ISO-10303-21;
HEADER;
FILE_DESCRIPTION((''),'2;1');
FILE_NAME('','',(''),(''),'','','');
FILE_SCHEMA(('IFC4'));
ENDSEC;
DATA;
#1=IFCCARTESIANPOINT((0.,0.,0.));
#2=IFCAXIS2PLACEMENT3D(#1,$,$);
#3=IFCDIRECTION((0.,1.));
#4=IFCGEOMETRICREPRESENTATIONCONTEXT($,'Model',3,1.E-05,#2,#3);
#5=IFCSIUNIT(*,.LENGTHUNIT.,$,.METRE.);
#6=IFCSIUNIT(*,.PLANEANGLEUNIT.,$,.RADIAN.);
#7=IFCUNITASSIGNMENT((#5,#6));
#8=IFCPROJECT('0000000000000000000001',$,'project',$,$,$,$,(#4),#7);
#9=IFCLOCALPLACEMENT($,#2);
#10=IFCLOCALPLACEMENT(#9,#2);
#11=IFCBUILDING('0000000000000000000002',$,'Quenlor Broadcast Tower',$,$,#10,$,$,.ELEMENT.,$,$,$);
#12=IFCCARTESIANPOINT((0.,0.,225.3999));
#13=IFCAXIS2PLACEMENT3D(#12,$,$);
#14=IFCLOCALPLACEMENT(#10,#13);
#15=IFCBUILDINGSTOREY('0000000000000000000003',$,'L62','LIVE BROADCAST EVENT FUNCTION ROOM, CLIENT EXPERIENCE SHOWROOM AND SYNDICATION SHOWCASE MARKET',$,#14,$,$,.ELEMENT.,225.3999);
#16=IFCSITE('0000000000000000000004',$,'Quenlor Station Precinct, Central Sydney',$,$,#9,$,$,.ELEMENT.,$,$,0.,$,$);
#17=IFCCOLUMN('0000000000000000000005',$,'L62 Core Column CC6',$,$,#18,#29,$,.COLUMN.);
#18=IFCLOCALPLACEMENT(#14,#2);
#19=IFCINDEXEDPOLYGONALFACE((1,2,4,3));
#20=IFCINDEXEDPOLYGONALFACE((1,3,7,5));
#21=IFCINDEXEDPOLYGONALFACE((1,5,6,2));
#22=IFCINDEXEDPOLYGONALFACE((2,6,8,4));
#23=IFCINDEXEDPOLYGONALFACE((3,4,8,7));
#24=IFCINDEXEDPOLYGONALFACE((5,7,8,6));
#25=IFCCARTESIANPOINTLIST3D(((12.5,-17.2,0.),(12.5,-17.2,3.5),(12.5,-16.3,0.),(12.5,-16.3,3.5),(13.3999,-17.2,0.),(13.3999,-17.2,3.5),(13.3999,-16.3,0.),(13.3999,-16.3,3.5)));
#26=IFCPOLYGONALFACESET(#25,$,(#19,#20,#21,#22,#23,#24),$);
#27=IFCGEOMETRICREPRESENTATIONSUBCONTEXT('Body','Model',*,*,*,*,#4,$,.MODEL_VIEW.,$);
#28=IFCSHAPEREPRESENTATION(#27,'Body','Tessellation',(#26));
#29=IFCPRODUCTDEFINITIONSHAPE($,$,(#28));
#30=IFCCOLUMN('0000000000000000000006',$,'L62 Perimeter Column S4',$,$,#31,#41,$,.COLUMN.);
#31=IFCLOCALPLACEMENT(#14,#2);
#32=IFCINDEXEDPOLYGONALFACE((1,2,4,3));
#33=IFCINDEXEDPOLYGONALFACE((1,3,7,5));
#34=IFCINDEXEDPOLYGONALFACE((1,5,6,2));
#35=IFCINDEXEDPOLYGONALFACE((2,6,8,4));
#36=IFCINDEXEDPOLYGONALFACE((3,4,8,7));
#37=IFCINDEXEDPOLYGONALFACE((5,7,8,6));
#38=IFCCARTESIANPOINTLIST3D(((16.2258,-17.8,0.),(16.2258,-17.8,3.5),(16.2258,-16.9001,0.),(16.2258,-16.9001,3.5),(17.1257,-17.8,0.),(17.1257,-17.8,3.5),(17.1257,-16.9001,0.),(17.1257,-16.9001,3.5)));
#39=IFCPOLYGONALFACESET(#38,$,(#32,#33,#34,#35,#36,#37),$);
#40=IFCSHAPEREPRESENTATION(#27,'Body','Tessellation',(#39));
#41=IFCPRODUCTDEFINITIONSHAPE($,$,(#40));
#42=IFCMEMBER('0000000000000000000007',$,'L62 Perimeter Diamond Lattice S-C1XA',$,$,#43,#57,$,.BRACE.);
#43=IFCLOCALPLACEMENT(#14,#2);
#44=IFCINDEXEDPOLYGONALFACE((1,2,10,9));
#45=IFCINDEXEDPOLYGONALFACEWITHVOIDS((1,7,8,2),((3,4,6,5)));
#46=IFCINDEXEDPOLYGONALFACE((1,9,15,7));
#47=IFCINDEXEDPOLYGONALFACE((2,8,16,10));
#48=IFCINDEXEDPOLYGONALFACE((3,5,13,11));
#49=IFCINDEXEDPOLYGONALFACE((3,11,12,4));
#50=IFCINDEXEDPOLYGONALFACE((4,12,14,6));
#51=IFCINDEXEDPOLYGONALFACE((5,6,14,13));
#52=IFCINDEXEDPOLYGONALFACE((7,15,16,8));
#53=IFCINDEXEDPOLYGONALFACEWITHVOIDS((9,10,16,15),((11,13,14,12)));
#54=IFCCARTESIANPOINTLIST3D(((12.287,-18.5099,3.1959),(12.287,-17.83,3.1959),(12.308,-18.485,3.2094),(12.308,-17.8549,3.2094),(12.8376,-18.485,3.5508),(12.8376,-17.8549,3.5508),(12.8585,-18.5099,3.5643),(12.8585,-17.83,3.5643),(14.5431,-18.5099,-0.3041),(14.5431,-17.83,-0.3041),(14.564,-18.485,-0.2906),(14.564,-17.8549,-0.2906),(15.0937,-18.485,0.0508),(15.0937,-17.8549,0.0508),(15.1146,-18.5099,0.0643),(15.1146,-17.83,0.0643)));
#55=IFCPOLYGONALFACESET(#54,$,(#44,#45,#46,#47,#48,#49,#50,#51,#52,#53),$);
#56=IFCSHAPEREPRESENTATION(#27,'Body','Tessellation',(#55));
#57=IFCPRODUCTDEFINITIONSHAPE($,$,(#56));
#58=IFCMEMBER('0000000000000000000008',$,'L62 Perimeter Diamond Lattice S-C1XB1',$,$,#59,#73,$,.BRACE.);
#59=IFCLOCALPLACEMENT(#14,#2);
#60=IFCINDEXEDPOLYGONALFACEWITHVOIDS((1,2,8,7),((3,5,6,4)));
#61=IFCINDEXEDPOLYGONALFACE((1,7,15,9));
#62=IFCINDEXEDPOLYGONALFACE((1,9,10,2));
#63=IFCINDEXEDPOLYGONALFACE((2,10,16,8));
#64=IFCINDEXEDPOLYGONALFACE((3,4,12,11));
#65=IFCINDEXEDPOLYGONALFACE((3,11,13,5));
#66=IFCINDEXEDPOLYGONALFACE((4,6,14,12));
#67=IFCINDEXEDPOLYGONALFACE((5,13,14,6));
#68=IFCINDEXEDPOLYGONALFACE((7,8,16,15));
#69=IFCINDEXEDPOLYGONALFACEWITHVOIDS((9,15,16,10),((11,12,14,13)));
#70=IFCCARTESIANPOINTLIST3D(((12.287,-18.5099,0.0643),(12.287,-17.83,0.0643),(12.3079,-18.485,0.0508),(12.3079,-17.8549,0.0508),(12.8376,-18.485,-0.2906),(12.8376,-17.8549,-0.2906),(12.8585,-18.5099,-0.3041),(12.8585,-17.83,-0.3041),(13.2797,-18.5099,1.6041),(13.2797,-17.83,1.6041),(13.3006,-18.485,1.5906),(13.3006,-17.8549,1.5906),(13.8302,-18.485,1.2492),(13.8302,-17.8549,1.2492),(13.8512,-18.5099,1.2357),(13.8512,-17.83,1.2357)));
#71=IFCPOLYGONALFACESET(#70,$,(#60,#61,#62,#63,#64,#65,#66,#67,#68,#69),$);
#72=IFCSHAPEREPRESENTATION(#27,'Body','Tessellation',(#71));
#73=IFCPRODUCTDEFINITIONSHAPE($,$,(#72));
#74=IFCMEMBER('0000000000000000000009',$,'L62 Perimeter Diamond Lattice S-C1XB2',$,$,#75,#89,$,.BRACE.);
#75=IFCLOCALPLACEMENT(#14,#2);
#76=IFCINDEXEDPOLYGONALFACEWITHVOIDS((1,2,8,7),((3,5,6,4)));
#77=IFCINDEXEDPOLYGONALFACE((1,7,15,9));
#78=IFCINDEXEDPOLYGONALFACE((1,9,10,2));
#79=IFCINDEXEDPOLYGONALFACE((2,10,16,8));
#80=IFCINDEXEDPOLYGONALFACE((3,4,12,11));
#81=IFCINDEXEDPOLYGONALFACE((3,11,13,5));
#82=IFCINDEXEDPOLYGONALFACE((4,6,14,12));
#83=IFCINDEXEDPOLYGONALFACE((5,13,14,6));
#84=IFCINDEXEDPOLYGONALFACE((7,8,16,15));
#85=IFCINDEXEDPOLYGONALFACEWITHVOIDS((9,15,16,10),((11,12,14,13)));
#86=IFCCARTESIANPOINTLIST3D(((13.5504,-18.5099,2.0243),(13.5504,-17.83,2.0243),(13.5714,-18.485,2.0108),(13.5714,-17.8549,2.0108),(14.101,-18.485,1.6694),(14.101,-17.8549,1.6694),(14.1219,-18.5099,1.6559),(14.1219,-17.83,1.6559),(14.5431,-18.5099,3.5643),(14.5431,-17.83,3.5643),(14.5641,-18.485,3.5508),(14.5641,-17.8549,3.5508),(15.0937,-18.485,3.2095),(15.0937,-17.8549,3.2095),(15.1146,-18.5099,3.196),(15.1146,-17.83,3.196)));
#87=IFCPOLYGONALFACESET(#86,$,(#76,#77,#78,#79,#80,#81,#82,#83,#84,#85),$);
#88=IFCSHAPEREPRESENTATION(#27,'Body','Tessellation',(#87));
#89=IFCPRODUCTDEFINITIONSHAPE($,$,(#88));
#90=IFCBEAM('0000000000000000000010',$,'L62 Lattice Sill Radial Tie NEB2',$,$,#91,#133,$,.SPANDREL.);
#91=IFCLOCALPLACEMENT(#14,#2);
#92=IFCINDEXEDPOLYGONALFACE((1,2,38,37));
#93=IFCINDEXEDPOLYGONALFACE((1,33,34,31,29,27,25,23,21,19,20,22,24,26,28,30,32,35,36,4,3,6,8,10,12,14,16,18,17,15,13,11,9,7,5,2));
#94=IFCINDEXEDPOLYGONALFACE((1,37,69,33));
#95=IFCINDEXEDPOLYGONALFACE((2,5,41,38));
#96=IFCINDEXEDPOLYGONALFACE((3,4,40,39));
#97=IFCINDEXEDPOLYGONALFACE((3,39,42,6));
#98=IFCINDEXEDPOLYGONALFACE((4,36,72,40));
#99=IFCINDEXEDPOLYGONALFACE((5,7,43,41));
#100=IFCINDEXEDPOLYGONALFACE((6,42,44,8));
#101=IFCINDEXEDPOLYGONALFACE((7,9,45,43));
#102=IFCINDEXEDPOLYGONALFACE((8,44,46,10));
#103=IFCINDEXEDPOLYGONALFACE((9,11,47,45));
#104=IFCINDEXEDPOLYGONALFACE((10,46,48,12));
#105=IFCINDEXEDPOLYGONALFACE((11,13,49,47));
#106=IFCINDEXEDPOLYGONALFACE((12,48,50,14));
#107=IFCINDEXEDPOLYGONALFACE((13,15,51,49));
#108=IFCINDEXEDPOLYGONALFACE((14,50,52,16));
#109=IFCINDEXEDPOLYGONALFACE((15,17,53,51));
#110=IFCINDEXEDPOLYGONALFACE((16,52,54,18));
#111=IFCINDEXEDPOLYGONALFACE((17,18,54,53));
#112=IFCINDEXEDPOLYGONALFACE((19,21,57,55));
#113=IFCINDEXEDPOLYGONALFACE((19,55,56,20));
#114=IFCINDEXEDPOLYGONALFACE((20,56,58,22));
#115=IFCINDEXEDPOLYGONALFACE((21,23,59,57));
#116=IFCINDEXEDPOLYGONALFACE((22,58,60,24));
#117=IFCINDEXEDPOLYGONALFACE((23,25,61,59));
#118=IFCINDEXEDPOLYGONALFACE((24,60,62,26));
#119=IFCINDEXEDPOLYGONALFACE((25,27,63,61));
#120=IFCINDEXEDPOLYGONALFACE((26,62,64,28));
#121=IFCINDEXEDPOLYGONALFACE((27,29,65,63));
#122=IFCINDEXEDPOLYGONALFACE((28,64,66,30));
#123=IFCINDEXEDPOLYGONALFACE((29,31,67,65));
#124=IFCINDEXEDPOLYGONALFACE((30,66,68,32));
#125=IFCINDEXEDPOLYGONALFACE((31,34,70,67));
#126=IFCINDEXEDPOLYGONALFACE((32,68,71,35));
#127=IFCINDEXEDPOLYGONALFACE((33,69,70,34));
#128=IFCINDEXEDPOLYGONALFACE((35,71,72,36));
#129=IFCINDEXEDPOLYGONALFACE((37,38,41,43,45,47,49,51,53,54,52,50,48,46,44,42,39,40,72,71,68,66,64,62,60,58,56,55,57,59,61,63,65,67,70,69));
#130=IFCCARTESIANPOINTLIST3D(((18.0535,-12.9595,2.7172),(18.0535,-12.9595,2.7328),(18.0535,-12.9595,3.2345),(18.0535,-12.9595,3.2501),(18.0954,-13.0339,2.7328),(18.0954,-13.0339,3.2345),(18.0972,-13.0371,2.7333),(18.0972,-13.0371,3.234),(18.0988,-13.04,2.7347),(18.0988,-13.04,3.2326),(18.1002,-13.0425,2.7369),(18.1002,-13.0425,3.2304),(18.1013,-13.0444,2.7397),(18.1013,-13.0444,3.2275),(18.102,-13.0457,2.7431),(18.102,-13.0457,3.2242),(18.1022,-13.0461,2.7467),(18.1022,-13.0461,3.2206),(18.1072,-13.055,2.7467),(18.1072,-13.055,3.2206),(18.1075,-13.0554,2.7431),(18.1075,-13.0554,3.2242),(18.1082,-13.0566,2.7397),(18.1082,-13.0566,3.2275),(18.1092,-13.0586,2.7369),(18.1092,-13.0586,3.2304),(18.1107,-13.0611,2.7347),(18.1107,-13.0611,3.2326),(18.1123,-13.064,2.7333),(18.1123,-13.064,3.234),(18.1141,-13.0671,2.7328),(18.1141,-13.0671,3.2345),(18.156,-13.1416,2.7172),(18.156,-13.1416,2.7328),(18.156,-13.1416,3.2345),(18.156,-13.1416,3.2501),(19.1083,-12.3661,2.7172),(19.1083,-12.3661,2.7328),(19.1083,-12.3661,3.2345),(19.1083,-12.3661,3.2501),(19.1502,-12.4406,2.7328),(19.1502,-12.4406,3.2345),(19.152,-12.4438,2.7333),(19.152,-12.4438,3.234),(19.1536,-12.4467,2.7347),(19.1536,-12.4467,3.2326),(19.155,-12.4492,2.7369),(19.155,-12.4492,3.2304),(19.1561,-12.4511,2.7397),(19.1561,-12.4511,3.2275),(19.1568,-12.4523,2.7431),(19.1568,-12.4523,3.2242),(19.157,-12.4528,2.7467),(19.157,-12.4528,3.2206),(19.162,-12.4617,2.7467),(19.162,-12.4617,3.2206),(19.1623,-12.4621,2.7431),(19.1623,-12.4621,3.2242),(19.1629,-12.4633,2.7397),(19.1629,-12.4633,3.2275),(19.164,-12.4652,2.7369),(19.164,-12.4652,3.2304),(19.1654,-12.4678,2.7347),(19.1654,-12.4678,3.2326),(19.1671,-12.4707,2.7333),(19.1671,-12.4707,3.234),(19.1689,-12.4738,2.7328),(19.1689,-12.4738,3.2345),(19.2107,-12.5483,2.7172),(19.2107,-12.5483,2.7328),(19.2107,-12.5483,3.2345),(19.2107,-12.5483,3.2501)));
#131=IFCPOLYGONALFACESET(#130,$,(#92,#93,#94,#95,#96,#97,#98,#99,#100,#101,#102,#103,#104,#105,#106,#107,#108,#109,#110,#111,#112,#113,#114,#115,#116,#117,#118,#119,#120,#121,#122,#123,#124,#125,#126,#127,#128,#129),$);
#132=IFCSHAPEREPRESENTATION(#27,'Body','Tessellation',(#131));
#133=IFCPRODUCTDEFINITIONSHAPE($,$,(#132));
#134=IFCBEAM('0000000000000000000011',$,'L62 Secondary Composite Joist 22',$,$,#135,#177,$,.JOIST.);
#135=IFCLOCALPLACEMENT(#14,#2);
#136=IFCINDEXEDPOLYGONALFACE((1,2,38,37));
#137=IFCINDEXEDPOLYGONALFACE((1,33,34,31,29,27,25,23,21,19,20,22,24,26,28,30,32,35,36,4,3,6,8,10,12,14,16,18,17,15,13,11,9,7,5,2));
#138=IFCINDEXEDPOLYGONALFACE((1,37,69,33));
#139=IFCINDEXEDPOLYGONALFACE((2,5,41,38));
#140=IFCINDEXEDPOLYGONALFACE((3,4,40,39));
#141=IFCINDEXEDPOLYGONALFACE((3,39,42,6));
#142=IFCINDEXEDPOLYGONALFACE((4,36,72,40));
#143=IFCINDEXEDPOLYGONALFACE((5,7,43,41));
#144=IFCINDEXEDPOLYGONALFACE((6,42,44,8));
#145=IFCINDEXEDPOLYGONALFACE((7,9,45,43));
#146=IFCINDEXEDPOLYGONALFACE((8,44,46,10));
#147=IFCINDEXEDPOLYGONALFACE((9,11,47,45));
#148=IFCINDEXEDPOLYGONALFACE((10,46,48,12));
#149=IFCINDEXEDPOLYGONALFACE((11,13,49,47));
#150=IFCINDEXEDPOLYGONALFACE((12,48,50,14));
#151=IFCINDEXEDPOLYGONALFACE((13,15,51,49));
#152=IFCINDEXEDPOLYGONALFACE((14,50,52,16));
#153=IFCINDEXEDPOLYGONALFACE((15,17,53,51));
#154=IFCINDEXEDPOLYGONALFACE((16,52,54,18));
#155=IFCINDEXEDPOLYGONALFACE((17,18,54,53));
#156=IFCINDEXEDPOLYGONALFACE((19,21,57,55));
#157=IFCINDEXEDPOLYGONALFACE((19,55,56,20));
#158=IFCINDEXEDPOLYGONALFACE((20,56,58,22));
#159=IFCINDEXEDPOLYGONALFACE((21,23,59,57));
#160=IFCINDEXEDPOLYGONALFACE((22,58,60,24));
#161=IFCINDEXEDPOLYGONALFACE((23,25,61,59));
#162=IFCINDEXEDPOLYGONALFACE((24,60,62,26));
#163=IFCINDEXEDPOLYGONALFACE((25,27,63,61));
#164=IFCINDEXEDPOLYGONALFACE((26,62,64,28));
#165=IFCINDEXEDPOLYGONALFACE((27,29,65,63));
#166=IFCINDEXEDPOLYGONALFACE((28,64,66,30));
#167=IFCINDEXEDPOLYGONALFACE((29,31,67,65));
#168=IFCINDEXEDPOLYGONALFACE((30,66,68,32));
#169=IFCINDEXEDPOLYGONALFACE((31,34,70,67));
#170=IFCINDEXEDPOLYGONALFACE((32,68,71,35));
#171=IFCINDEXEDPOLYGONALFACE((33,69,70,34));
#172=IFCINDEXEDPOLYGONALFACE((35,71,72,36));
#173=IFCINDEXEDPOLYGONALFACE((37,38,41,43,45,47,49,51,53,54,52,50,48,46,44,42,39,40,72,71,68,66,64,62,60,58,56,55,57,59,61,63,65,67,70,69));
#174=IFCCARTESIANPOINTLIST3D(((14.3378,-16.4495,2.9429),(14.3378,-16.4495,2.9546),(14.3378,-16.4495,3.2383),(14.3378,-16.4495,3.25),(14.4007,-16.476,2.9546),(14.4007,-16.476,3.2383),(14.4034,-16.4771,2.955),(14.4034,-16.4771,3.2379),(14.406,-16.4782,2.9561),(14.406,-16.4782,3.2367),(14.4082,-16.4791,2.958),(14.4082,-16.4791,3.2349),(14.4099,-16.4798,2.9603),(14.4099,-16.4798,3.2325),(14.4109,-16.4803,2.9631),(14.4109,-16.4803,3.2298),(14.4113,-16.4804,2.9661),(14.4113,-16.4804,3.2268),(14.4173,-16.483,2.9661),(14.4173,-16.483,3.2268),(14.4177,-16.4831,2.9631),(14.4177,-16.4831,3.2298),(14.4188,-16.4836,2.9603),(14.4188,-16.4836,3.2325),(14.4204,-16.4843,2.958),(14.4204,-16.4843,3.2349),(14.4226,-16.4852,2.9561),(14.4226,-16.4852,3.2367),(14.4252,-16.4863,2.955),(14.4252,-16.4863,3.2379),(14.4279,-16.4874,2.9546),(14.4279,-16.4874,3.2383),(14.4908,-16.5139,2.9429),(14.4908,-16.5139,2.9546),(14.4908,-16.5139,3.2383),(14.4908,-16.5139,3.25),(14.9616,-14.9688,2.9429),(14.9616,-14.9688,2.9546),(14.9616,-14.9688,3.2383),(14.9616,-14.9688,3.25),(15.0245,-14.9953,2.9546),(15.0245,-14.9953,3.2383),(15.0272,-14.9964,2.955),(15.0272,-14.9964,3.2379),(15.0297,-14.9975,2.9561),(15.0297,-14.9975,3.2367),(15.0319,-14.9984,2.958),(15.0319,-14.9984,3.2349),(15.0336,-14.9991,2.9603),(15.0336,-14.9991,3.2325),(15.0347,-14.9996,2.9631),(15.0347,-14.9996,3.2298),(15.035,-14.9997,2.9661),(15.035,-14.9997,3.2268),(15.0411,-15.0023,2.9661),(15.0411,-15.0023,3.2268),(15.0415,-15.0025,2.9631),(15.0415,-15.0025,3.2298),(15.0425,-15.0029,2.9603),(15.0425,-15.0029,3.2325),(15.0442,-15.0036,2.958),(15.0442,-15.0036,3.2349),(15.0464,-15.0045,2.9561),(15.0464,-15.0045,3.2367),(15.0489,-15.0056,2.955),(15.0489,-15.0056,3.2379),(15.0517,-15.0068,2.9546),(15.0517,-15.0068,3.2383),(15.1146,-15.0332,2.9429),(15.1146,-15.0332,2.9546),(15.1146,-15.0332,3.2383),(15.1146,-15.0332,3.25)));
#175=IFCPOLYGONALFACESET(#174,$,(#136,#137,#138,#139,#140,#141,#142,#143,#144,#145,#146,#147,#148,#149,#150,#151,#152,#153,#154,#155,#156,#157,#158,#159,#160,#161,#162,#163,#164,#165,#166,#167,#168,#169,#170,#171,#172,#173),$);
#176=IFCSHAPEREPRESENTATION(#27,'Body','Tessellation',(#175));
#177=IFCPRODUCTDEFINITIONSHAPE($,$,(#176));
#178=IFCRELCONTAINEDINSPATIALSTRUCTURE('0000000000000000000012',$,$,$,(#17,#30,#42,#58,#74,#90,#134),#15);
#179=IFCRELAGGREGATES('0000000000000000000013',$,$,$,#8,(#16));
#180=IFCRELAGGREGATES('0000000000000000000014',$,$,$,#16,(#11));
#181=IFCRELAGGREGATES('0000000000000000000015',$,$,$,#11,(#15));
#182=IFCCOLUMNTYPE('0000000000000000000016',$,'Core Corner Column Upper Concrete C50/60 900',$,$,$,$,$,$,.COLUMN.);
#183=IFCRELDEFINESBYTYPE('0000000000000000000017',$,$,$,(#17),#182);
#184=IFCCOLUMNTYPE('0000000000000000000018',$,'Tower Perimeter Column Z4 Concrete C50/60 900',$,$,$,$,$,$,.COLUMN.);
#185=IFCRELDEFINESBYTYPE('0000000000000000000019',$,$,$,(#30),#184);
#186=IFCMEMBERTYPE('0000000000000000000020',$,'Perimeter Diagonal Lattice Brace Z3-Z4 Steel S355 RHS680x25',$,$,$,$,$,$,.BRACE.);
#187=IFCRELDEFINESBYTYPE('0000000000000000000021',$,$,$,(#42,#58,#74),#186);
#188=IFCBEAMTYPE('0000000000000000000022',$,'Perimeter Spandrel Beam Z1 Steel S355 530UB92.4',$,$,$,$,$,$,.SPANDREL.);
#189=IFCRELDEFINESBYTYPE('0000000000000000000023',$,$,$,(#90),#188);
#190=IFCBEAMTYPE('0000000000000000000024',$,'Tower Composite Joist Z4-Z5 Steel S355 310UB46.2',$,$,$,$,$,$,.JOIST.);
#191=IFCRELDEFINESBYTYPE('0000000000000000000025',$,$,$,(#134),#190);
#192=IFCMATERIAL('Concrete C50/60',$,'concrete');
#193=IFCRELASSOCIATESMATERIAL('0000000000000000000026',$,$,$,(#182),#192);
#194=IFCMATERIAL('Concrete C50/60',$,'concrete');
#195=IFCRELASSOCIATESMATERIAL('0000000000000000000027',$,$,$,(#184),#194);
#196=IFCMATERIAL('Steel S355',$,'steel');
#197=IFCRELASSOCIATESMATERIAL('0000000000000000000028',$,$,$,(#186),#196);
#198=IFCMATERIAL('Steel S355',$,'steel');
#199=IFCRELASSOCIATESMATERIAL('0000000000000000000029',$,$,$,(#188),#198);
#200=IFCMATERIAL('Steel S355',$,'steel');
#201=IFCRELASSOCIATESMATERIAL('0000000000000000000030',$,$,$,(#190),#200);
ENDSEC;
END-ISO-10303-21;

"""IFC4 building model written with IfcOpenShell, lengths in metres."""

from ifc_helpers import new_model, si_unit, direction, frame, origin, origin_2d, place, context, subcontext, project, spatial, rectangle, hollow_rectangle, i_section, extrude, material, material_profile, profile_set, type_object, element, save


model = new_model("IFC4")

# Units and contexts
model_context = context("Model", 3, precision=1e-05, world=origin(), true_north=direction((0.0, 1.0)))
body_context = subcontext(model_context, "Body", "Model", "MODEL_VIEW")
ifc_project = project(units=[si_unit("LENGTHUNIT", "METRE"), si_unit("PLANEANGLEUNIT", "RADIAN")], contexts=[model_context])

# Site, building, storey
site_placement = place(None, origin())
site = spatial("IfcSite", under=ifc_project, at=site_placement, Name="Quenlor Station Precinct, Central Sydney", CompositionType="ELEMENT", RefElevation=0.0)
building_placement = place(site_placement, origin())
building = spatial("IfcBuilding", under=site, at=building_placement, Name="Quenlor Broadcast Tower", CompositionType="ELEMENT")
storey_placement = place(building_placement, frame((0.0, 0.0, 225.3999)))
storey = spatial("IfcBuildingStorey", under=building, at=storey_placement, Name="L62", Description="LIVE BROADCAST EVENT FUNCTION ROOM, CLIENT EXPERIENCE SHOWROOM AND SYNDICATION SHOWCASE MARKET", CompositionType="ELEMENT", Elevation=225.3999)

# Columns
ifc_material_1 = material(Name="Concrete C50/60", Category="concrete")
ifc_material_profile_1 = material_profile(ifc_material_1, rectangle(XDim=0.8999, YDim=0.8999, at=origin_2d()))
ifc_profile_set_1 = profile_set([ifc_material_profile_1], Name="Concrete C50/60 RC900x900")
column_type_1 = type_object("IfcColumnType", Name="Core Corner Column Upper Concrete C50/60 900", PredefinedType="COLUMN", material=ifc_profile_set_1)
column_1_placement = place(storey_placement, frame((12.95, -16.75, 0.0), z_axis=(0.0, 0.0, 1.0), x_axis=(1.0, 0.0, 0.0)))
element("IfcColumn", 1, at=column_1_placement, inside=storey, type_object=column_type_1, Name="L62 Core Column CC6", PredefinedType="COLUMN", context=body_context, shape_type="SweptSolid", body=[
    extrude(rectangle(XDim=0.8999, YDim=0.8999, at=origin_2d()), origin(), (0.0, 0.0, 1.0), 3.5),
])
ifc_material_2 = material(Name="Concrete C50/60", Category="concrete")
ifc_material_profile_2 = material_profile(ifc_material_2, rectangle(XDim=0.8999, YDim=0.8999, at=origin_2d()))
ifc_profile_set_2 = profile_set([ifc_material_profile_2], Name="Concrete C50/60 RC900x900")
column_type_2 = type_object("IfcColumnType", Name="Tower Perimeter Column Z4 Concrete C50/60 900", PredefinedType="COLUMN", material=ifc_profile_set_2)
column_2_placement = place(storey_placement, frame((16.6758, -17.3501, 0.0), z_axis=(0.0, 0.0, 1.0), x_axis=(0.0, 1.0, 0.0)))
element("IfcColumn", 2, at=column_2_placement, inside=storey, type_object=column_type_2, Name="L62 Perimeter Column S4", PredefinedType="COLUMN", context=body_context, shape_type="SweptSolid", body=[
    extrude(rectangle(XDim=0.8999, YDim=0.8999, at=origin_2d()), origin(), (0.0, 0.0, 1.0), 3.5),
])

# Members
ifc_material_3 = material(Name="Steel S355", Category="steel")
ifc_material_profile_3 = material_profile(ifc_material_3, hollow_rectangle(XDim=0.6799, YDim=0.6799, WallThickness=0.0249, at=origin_2d()))
ifc_profile_set_3 = profile_set([ifc_material_profile_3], Name="Steel S355 RHS680x680x25")
member_type = type_object("IfcMemberType", Name="Perimeter Diagonal Lattice Brace Z3-Z4 Steel S355 RHS680x25", PredefinedType="BRACE", material=ifc_profile_set_3)
member_1_placement = place(storey_placement, frame((14.8289, -18.1699, -0.1199), z_axis=(-0.541794, 0.0, 0.840511), x_axis=(0.0, -1.0, 0.0)))
element("IfcMember", 3, at=member_1_placement, inside=storey, type_object=member_type, Name="L62 Perimeter Diamond Lattice S-C1XA", PredefinedType="BRACE", context=body_context, shape_type="SweptSolid", body=[
    extrude(hollow_rectangle(XDim=0.6799, YDim=0.6799, WallThickness=0.0249, at=origin_2d()), origin(), (0.0, 0.0, 1.0), 4.1641),
])
member_2_placement = place(storey_placement, frame((12.5728, -18.1699, -0.1199), z_axis=(0.541842, 0.0, 0.840481), x_axis=(0.0, 1.0, 0.0)))
element("IfcMember", 4, at=member_2_placement, inside=storey, type_object=member_type, Name="L62 Perimeter Diamond Lattice S-C1XB1", PredefinedType="BRACE", context=body_context, shape_type="SweptSolid", body=[
    extrude(hollow_rectangle(XDim=0.6799, YDim=0.6799, WallThickness=0.0249, at=origin_2d()), origin(), (0.0, 0.0, 1.0), 1.832),
])
member_3_placement = place(storey_placement, frame((13.8362, -18.1699, 1.8401), z_axis=(0.541781, 0.0, 0.84052), x_axis=(0.0, 1.0, 0.0)))
element("IfcMember", 5, at=member_3_placement, inside=storey, type_object=member_type, Name="L62 Perimeter Diamond Lattice S-C1XB2", PredefinedType="BRACE", context=body_context, shape_type="SweptSolid", body=[
    extrude(hollow_rectangle(XDim=0.6799, YDim=0.6799, WallThickness=0.0249, at=origin_2d()), origin(), (0.0, 0.0, 1.0), 1.8323),
])

# Beams
ifc_material_4 = material(Name="Steel S355", Category="steel")
ifc_material_profile_4 = material_profile(ifc_material_4, i_section(OverallWidth=0.209, OverallDepth=0.533, WebThickness=0.0103, FlangeThickness=0.0156, FilletRadius=0.0139, at=origin_2d()))
ifc_profile_set_4 = profile_set([ifc_material_profile_4], Name="Steel S355 530UB92.4")
beam_type_1 = type_object("IfcBeamType", Name="Perimeter Spandrel Beam Z1 Steel S355 530UB92.4", PredefinedType="SPANDREL", material=ifc_profile_set_4)
beam_1_placement = place(storey_placement, frame((18.1047, -13.0505, 2.9836), z_axis=(0.871576, 0.490261, 0.0), x_axis=(-0.490261, 0.871576, 0.0)))
element("IfcBeam", 6, at=beam_1_placement, inside=storey, type_object=beam_type_1, Name="L62 Lattice Sill Radial Tie NEB2", PredefinedType="SPANDREL", context=body_context, shape_type="SweptSolid", body=[
    extrude(i_section(OverallWidth=0.209, OverallDepth=0.533, WebThickness=0.0103, FlangeThickness=0.0156, FilletRadius=0.0139, at=origin_2d()), origin(), (0.0, 0.0, 1.0), 1.2102),
])
ifc_material_5 = material(Name="Steel S355", Category="steel")
ifc_material_profile_5 = material_profile(ifc_material_5, i_section(OverallWidth=0.166, OverallDepth=0.3071, WebThickness=0.0066, FlangeThickness=0.0117, FilletRadius=0.0115, at=origin_2d()))
ifc_profile_set_5 = profile_set([ifc_material_profile_5], Name="Steel S355 310UB46.2")
beam_type_2 = type_object("IfcBeamType", Name="Tower Composite Joist Z4-Z5 Steel S355 310UB46.2", PredefinedType="JOIST", material=ifc_profile_set_5)
beam_2_placement = place(storey_placement, frame((14.4143, -16.4817, 3.0964), z_axis=(0.388227, 0.921564, 0.0), x_axis=(-0.921564, 0.388227, 0.0)))
element("IfcBeam", 7, at=beam_2_placement, inside=storey, type_object=beam_type_2, Name="L62 Secondary Composite Joist 22", PredefinedType="JOIST", context=body_context, shape_type="SweptSolid", body=[
    extrude(i_section(OverallWidth=0.166, OverallDepth=0.3071, WebThickness=0.0066, FlangeThickness=0.0117, FilletRadius=0.0115, at=origin_2d()), origin(), (0.0, 0.0, 1.0), 1.6067),
])

save(model, "model.ifc")
